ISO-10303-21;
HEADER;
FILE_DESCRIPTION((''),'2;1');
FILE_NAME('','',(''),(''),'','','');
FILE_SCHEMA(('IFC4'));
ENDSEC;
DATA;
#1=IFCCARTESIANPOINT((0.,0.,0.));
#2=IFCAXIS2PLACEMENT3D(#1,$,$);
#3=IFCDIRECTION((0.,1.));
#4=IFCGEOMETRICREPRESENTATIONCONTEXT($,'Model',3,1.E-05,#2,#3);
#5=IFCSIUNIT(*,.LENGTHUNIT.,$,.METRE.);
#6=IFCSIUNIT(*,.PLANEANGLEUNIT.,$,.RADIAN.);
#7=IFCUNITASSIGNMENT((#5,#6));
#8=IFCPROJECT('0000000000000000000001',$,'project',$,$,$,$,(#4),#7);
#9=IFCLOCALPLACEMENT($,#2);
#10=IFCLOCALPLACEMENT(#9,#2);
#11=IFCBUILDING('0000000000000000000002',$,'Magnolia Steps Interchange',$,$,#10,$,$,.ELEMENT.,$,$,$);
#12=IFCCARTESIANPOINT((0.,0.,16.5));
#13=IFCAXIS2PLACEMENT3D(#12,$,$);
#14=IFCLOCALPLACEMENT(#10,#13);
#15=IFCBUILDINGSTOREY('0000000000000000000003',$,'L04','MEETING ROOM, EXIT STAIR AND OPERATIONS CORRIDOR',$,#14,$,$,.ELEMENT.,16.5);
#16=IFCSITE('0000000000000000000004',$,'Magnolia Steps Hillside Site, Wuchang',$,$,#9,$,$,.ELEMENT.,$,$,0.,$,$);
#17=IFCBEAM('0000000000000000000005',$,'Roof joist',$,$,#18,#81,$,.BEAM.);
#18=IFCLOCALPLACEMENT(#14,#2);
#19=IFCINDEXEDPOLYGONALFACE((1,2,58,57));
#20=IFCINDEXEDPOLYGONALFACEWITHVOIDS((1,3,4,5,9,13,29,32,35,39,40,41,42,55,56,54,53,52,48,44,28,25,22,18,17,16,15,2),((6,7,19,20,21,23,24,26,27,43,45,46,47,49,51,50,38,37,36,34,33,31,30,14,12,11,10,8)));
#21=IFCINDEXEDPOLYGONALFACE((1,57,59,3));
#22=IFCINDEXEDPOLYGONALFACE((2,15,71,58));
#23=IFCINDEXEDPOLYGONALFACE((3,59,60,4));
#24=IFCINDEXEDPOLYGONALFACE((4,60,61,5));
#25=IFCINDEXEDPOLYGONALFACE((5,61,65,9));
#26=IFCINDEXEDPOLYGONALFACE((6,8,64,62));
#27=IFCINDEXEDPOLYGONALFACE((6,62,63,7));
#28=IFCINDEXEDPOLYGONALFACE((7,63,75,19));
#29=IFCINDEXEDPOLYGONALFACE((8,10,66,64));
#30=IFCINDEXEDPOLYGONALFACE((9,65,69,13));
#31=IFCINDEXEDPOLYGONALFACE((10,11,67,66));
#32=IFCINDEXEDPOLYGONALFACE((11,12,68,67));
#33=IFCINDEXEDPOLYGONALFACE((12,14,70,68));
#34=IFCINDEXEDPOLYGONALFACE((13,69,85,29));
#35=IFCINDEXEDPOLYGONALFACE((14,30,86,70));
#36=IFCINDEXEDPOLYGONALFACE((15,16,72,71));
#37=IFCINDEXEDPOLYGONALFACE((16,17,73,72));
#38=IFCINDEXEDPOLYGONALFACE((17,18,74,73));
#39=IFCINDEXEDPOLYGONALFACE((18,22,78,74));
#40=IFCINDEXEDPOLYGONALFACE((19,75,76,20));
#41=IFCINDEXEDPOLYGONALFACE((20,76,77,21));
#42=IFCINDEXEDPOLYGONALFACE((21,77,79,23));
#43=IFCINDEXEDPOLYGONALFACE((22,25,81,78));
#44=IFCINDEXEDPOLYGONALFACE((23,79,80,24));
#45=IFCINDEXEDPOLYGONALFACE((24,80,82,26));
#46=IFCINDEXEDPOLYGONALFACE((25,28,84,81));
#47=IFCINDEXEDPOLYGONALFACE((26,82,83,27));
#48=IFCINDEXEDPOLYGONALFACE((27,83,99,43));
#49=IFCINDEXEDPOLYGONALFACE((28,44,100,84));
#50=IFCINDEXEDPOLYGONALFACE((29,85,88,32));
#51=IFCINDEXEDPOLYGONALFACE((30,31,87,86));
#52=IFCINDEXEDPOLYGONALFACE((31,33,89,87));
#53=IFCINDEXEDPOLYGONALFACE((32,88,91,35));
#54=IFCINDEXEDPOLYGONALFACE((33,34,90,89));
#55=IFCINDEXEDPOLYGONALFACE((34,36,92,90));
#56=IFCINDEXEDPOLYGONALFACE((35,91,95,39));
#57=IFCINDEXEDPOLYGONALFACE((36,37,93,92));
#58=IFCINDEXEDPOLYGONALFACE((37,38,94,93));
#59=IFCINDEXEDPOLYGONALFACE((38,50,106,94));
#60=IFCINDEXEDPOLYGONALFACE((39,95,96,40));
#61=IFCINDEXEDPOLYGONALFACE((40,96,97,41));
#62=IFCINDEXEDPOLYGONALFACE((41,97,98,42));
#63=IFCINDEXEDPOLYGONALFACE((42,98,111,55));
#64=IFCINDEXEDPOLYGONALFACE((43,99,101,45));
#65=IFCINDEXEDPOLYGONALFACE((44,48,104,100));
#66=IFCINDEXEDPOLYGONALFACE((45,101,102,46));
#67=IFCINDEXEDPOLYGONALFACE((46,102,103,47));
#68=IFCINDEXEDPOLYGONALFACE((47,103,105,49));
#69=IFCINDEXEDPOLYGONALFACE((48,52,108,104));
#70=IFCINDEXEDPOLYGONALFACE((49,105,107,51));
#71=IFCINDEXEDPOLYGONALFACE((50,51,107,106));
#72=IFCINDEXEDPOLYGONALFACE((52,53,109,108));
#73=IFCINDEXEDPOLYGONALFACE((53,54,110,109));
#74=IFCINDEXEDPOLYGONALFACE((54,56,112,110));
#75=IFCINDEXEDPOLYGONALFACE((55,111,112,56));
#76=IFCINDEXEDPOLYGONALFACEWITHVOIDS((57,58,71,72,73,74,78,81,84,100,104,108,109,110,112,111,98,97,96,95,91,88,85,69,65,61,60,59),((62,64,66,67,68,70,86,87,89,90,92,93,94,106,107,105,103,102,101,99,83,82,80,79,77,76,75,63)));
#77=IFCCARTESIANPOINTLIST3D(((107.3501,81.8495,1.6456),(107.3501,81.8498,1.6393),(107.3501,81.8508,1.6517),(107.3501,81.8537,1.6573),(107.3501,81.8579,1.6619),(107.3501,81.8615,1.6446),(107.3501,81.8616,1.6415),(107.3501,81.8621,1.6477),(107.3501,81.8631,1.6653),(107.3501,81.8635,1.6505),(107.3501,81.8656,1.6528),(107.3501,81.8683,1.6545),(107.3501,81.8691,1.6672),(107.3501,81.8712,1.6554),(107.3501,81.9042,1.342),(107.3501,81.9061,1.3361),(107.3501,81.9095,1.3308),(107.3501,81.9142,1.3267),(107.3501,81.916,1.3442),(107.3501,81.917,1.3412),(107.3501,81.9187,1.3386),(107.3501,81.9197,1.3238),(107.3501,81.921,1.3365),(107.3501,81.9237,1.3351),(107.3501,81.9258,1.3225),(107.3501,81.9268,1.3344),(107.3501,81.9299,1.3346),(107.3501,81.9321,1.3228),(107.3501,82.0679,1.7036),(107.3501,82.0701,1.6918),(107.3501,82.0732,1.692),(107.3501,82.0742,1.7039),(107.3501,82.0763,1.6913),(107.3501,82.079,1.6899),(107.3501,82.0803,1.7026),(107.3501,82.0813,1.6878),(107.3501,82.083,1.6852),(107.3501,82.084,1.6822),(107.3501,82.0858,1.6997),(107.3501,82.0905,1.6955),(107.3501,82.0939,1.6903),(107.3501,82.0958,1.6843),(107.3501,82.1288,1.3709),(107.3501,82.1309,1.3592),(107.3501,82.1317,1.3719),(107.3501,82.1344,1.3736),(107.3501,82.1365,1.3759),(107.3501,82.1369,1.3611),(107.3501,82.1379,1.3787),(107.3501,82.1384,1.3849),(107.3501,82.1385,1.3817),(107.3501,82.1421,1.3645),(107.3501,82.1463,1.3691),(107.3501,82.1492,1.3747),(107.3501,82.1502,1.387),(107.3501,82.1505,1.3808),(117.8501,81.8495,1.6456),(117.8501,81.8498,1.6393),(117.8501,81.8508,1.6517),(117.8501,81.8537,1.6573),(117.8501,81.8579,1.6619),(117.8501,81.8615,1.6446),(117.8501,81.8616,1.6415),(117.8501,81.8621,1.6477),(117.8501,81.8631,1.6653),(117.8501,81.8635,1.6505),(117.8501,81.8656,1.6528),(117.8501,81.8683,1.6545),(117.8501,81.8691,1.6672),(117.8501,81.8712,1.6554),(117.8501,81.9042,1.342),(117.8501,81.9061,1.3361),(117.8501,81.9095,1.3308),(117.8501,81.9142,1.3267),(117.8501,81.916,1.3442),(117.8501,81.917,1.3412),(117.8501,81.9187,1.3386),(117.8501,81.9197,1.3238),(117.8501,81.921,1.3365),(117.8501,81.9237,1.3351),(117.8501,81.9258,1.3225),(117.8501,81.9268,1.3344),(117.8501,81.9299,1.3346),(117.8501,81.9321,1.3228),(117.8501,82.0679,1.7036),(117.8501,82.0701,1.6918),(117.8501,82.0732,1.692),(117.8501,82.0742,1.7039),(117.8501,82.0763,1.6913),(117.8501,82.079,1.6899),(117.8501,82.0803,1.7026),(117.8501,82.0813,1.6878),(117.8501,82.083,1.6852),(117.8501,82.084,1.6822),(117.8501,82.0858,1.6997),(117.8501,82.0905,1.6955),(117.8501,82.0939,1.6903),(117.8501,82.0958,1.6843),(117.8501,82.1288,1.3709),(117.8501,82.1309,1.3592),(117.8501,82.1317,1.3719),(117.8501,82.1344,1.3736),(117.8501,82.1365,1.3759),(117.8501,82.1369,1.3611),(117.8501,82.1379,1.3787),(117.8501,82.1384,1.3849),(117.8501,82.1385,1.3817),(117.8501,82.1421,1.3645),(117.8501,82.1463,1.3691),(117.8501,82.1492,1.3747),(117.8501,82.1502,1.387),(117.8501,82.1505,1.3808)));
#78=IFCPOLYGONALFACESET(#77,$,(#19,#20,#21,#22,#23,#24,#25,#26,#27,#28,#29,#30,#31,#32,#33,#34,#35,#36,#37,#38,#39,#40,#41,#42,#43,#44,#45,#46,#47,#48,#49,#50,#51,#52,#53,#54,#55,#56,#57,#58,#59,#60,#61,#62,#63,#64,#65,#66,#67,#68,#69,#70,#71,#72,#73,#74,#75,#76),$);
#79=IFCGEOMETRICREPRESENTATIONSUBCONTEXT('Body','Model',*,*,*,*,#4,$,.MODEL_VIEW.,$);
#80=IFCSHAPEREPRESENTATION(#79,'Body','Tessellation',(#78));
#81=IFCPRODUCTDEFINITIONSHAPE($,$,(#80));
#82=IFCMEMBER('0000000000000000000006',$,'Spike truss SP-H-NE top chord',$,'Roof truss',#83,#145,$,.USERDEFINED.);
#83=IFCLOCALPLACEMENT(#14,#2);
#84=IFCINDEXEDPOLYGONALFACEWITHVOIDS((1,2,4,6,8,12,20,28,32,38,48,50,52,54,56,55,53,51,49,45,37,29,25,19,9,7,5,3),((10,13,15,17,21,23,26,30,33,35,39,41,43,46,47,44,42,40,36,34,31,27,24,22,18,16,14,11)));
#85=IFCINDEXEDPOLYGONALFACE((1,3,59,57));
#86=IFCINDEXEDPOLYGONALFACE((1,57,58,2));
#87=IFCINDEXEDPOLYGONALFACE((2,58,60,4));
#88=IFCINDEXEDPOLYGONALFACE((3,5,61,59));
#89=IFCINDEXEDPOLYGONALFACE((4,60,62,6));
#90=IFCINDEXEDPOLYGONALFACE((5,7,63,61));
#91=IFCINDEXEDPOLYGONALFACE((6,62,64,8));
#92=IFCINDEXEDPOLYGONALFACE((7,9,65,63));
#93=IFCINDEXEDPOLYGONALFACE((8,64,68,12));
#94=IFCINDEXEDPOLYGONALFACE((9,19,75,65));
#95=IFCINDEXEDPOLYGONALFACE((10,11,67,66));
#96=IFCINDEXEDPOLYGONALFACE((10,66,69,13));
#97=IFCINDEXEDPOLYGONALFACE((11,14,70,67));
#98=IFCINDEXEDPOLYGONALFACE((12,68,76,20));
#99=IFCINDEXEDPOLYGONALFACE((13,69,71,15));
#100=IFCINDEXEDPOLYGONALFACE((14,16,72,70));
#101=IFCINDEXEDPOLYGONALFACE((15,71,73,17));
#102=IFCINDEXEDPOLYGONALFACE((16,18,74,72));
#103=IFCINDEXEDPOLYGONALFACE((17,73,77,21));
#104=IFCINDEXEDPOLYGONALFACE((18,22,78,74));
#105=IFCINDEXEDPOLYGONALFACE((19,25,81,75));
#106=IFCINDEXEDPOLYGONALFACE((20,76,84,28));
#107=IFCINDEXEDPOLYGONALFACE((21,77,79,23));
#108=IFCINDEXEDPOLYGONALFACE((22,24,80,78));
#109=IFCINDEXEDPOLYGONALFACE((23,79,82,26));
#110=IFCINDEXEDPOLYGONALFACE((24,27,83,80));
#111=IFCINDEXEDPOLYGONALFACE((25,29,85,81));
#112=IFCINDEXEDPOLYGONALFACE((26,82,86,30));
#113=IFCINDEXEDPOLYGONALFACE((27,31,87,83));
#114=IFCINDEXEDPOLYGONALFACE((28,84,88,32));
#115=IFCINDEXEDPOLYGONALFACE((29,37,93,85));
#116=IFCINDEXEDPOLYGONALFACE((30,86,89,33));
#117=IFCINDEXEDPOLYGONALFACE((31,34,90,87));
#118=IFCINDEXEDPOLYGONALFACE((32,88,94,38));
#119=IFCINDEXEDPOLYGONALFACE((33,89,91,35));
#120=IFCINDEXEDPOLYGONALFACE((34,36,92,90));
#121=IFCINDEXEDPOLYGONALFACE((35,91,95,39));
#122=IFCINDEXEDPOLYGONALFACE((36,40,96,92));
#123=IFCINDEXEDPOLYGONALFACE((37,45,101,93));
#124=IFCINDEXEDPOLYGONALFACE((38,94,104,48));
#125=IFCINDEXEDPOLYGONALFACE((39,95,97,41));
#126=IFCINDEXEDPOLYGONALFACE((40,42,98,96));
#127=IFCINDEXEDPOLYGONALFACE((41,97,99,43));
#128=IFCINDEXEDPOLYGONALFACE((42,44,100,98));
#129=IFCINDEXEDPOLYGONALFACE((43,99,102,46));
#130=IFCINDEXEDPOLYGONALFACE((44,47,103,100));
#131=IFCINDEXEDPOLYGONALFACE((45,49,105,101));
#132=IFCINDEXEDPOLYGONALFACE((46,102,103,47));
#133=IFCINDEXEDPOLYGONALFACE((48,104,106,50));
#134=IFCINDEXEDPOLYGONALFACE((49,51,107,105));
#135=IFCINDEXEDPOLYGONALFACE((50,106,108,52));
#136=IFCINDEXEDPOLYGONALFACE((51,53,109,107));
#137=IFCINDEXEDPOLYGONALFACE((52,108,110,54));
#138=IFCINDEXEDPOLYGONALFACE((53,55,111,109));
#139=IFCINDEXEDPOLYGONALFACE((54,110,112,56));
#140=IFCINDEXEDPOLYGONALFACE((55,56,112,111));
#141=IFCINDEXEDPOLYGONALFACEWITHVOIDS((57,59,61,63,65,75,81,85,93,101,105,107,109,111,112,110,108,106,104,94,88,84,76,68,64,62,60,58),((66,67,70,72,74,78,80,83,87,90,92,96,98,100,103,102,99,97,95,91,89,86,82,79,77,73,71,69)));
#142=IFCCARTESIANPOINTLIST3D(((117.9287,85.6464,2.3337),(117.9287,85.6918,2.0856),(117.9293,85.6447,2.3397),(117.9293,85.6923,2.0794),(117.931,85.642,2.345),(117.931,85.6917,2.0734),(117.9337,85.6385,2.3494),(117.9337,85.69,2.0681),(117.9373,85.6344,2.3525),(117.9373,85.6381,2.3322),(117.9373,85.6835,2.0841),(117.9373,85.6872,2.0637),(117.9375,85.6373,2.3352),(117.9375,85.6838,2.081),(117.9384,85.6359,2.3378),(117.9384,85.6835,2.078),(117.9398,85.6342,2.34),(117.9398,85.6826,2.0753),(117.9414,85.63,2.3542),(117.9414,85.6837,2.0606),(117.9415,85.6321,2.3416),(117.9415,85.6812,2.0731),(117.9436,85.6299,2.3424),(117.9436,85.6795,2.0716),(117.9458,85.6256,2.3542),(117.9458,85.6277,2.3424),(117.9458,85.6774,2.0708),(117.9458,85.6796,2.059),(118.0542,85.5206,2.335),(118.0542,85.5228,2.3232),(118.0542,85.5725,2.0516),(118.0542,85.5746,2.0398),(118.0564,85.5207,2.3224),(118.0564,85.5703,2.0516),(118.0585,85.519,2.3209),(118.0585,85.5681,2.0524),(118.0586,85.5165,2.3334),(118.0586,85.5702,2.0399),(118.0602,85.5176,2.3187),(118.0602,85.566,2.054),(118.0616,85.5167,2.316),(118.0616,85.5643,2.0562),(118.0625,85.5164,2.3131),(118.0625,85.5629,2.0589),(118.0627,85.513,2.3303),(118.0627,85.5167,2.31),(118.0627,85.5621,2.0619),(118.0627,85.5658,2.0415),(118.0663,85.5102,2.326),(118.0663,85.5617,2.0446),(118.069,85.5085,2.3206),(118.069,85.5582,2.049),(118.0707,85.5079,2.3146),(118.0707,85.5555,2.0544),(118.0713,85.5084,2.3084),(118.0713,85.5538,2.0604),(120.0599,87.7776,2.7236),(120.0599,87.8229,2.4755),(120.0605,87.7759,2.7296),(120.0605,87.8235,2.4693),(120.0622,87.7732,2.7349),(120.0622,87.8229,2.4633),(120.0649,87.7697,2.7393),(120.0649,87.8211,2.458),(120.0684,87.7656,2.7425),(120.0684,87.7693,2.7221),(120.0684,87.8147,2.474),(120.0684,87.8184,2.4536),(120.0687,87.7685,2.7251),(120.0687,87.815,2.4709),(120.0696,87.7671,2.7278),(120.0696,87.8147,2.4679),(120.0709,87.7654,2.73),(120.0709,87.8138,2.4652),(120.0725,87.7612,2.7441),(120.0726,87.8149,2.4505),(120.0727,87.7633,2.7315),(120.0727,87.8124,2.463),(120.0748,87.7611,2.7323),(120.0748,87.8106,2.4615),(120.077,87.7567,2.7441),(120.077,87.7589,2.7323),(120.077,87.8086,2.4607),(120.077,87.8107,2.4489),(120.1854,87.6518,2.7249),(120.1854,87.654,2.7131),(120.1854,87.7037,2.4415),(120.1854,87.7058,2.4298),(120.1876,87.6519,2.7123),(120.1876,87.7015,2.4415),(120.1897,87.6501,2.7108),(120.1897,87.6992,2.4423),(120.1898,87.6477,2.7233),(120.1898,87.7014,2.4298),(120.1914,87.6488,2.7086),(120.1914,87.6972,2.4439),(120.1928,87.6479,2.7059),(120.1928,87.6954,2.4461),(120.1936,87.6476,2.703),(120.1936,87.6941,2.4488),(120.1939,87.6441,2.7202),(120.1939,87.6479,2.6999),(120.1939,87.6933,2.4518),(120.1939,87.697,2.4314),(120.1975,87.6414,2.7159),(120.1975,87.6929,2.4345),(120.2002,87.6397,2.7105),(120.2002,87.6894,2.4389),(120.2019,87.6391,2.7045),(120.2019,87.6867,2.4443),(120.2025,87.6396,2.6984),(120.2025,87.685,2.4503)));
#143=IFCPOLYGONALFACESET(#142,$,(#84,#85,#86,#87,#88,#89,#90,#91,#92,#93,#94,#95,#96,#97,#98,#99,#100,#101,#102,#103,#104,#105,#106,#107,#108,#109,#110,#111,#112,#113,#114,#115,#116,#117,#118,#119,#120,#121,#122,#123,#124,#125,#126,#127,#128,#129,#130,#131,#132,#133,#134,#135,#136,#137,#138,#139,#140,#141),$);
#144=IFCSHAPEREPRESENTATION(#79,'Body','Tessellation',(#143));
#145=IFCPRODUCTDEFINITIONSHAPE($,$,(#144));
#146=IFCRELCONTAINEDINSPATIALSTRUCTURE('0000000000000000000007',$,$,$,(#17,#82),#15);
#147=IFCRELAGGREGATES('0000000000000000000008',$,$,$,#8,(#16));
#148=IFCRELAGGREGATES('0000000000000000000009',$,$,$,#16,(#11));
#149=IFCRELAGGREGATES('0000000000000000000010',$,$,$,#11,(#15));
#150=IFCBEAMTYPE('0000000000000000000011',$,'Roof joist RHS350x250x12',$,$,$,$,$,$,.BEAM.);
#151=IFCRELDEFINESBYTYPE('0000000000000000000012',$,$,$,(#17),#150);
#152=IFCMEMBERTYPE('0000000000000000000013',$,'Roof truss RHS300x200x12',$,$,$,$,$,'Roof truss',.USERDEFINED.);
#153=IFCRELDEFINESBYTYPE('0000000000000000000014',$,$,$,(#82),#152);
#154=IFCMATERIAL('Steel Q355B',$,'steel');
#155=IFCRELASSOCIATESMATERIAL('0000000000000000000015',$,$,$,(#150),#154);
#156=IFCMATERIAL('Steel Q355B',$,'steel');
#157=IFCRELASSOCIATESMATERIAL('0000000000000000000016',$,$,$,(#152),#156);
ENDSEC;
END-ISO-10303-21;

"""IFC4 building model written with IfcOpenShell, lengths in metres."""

from ifc_helpers import new_model, si_unit, direction, frame, origin, origin_2d, place, context, subcontext, project, spatial, hollow_rectangle, extrude, material, material_profile, profile_set, type_object, element, save


model = new_model("IFC4")

# Units and contexts
model_context = context("Model", 3, precision=1e-05, world=origin(), true_north=direction((0.0, 1.0)))
body_context = subcontext(model_context, "Body", "Model", "MODEL_VIEW")
ifc_project = project(units=[si_unit("LENGTHUNIT", "METRE"), si_unit("PLANEANGLEUNIT", "RADIAN")], contexts=[model_context])

# Site, building, storey
site_placement = place(None, origin())
site = spatial("IfcSite", under=ifc_project, at=site_placement, Name="Magnolia Steps Hillside Site, Wuchang", CompositionType="ELEMENT", RefElevation=0.0)
building_placement = place(site_placement, origin())
building = spatial("IfcBuilding", under=site, at=building_placement, Name="Magnolia Steps Interchange", CompositionType="ELEMENT")
storey_placement = place(building_placement, frame((0.0, 0.0, 16.5)))
storey = spatial("IfcBuildingStorey", under=building, at=storey_placement, Name="L04", Description="MEETING ROOM, EXIT STAIR AND OPERATIONS CORRIDOR", CompositionType="ELEMENT", Elevation=16.5)

# Beam
ifc_material_1 = material(Name="Steel Q355B", Category="steel")
ifc_material_profile_1 = material_profile(ifc_material_1, hollow_rectangle(XDim=0.25, YDim=0.3501, WallThickness=0.012, InnerFilletRadius=0.012, OuterFilletRadius=0.0239, at=origin_2d()), Name="RHS350x250x12")
ifc_profile_set_1 = profile_set([ifc_material_profile_1], Name="Steel Q355B")
beam_type_1 = type_object("IfcBeamType", Name="Roof joist RHS350x250x12", PredefinedType="BEAM", material=ifc_profile_set_1)
for number, where, z_axis, x_axis, name in (
    (1, (107.3501, 82.0, 1.5132), (1.0, 0.0, 0.0), (0.0, 0.983677, 0.179941), "Roof joist"),
):
    element("IfcBeam", number, at=place(storey_placement, frame(where, z_axis=z_axis, x_axis=x_axis)), inside=storey, type_object=beam_type_1, Name=name, PredefinedType="BEAM", context=body_context, shape_type="SweptSolid", body=[
        extrude(hollow_rectangle(XDim=0.25, YDim=0.3501, WallThickness=0.012, InnerFilletRadius=0.012, OuterFilletRadius=0.0239, at=origin_2d()), origin(), (0.0, 0.0, 1.0), 10.5),
    ])

# Member
ifc_material_2 = material(Name="Steel Q355B", Category="steel")
ifc_material_profile_2 = material_profile(ifc_material_2, hollow_rectangle(XDim=0.2, YDim=0.3, WallThickness=0.012, InnerFilletRadius=0.012, OuterFilletRadius=0.0239, at=origin_2d()), Name="RHS300x200x12")
ifc_profile_set_2 = profile_set([ifc_material_profile_2], Name="Steel Q355B")
member_type_1 = type_object("IfcMemberType", Name="Roof truss RHS300x200x12", ElementType="Roof truss", PredefinedType="USERDEFINED", material=ifc_profile_set_2)
member_1_placement = place(storey_placement, frame((118.0, 85.6001, 2.197), z_axis=(0.701263, 0.701263, 0.128298), x_axis=(-0.712903, 0.689817, 0.126186)))
element("IfcMember", 2, at=member_1_placement, inside=storey, type_object=member_type_1, Name="Spike truss SP-H-NE top chord", ObjectType="Roof truss", PredefinedType="USERDEFINED", context=body_context, shape_type="SweptSolid", body=[
    extrude(hollow_rectangle(XDim=0.2, YDim=0.3, WallThickness=0.012, InnerFilletRadius=0.012, OuterFilletRadius=0.0239, at=origin_2d()), origin(), (0.0, 0.0, 1.0), 3.0391),
])

save(model, "model.ifc")
